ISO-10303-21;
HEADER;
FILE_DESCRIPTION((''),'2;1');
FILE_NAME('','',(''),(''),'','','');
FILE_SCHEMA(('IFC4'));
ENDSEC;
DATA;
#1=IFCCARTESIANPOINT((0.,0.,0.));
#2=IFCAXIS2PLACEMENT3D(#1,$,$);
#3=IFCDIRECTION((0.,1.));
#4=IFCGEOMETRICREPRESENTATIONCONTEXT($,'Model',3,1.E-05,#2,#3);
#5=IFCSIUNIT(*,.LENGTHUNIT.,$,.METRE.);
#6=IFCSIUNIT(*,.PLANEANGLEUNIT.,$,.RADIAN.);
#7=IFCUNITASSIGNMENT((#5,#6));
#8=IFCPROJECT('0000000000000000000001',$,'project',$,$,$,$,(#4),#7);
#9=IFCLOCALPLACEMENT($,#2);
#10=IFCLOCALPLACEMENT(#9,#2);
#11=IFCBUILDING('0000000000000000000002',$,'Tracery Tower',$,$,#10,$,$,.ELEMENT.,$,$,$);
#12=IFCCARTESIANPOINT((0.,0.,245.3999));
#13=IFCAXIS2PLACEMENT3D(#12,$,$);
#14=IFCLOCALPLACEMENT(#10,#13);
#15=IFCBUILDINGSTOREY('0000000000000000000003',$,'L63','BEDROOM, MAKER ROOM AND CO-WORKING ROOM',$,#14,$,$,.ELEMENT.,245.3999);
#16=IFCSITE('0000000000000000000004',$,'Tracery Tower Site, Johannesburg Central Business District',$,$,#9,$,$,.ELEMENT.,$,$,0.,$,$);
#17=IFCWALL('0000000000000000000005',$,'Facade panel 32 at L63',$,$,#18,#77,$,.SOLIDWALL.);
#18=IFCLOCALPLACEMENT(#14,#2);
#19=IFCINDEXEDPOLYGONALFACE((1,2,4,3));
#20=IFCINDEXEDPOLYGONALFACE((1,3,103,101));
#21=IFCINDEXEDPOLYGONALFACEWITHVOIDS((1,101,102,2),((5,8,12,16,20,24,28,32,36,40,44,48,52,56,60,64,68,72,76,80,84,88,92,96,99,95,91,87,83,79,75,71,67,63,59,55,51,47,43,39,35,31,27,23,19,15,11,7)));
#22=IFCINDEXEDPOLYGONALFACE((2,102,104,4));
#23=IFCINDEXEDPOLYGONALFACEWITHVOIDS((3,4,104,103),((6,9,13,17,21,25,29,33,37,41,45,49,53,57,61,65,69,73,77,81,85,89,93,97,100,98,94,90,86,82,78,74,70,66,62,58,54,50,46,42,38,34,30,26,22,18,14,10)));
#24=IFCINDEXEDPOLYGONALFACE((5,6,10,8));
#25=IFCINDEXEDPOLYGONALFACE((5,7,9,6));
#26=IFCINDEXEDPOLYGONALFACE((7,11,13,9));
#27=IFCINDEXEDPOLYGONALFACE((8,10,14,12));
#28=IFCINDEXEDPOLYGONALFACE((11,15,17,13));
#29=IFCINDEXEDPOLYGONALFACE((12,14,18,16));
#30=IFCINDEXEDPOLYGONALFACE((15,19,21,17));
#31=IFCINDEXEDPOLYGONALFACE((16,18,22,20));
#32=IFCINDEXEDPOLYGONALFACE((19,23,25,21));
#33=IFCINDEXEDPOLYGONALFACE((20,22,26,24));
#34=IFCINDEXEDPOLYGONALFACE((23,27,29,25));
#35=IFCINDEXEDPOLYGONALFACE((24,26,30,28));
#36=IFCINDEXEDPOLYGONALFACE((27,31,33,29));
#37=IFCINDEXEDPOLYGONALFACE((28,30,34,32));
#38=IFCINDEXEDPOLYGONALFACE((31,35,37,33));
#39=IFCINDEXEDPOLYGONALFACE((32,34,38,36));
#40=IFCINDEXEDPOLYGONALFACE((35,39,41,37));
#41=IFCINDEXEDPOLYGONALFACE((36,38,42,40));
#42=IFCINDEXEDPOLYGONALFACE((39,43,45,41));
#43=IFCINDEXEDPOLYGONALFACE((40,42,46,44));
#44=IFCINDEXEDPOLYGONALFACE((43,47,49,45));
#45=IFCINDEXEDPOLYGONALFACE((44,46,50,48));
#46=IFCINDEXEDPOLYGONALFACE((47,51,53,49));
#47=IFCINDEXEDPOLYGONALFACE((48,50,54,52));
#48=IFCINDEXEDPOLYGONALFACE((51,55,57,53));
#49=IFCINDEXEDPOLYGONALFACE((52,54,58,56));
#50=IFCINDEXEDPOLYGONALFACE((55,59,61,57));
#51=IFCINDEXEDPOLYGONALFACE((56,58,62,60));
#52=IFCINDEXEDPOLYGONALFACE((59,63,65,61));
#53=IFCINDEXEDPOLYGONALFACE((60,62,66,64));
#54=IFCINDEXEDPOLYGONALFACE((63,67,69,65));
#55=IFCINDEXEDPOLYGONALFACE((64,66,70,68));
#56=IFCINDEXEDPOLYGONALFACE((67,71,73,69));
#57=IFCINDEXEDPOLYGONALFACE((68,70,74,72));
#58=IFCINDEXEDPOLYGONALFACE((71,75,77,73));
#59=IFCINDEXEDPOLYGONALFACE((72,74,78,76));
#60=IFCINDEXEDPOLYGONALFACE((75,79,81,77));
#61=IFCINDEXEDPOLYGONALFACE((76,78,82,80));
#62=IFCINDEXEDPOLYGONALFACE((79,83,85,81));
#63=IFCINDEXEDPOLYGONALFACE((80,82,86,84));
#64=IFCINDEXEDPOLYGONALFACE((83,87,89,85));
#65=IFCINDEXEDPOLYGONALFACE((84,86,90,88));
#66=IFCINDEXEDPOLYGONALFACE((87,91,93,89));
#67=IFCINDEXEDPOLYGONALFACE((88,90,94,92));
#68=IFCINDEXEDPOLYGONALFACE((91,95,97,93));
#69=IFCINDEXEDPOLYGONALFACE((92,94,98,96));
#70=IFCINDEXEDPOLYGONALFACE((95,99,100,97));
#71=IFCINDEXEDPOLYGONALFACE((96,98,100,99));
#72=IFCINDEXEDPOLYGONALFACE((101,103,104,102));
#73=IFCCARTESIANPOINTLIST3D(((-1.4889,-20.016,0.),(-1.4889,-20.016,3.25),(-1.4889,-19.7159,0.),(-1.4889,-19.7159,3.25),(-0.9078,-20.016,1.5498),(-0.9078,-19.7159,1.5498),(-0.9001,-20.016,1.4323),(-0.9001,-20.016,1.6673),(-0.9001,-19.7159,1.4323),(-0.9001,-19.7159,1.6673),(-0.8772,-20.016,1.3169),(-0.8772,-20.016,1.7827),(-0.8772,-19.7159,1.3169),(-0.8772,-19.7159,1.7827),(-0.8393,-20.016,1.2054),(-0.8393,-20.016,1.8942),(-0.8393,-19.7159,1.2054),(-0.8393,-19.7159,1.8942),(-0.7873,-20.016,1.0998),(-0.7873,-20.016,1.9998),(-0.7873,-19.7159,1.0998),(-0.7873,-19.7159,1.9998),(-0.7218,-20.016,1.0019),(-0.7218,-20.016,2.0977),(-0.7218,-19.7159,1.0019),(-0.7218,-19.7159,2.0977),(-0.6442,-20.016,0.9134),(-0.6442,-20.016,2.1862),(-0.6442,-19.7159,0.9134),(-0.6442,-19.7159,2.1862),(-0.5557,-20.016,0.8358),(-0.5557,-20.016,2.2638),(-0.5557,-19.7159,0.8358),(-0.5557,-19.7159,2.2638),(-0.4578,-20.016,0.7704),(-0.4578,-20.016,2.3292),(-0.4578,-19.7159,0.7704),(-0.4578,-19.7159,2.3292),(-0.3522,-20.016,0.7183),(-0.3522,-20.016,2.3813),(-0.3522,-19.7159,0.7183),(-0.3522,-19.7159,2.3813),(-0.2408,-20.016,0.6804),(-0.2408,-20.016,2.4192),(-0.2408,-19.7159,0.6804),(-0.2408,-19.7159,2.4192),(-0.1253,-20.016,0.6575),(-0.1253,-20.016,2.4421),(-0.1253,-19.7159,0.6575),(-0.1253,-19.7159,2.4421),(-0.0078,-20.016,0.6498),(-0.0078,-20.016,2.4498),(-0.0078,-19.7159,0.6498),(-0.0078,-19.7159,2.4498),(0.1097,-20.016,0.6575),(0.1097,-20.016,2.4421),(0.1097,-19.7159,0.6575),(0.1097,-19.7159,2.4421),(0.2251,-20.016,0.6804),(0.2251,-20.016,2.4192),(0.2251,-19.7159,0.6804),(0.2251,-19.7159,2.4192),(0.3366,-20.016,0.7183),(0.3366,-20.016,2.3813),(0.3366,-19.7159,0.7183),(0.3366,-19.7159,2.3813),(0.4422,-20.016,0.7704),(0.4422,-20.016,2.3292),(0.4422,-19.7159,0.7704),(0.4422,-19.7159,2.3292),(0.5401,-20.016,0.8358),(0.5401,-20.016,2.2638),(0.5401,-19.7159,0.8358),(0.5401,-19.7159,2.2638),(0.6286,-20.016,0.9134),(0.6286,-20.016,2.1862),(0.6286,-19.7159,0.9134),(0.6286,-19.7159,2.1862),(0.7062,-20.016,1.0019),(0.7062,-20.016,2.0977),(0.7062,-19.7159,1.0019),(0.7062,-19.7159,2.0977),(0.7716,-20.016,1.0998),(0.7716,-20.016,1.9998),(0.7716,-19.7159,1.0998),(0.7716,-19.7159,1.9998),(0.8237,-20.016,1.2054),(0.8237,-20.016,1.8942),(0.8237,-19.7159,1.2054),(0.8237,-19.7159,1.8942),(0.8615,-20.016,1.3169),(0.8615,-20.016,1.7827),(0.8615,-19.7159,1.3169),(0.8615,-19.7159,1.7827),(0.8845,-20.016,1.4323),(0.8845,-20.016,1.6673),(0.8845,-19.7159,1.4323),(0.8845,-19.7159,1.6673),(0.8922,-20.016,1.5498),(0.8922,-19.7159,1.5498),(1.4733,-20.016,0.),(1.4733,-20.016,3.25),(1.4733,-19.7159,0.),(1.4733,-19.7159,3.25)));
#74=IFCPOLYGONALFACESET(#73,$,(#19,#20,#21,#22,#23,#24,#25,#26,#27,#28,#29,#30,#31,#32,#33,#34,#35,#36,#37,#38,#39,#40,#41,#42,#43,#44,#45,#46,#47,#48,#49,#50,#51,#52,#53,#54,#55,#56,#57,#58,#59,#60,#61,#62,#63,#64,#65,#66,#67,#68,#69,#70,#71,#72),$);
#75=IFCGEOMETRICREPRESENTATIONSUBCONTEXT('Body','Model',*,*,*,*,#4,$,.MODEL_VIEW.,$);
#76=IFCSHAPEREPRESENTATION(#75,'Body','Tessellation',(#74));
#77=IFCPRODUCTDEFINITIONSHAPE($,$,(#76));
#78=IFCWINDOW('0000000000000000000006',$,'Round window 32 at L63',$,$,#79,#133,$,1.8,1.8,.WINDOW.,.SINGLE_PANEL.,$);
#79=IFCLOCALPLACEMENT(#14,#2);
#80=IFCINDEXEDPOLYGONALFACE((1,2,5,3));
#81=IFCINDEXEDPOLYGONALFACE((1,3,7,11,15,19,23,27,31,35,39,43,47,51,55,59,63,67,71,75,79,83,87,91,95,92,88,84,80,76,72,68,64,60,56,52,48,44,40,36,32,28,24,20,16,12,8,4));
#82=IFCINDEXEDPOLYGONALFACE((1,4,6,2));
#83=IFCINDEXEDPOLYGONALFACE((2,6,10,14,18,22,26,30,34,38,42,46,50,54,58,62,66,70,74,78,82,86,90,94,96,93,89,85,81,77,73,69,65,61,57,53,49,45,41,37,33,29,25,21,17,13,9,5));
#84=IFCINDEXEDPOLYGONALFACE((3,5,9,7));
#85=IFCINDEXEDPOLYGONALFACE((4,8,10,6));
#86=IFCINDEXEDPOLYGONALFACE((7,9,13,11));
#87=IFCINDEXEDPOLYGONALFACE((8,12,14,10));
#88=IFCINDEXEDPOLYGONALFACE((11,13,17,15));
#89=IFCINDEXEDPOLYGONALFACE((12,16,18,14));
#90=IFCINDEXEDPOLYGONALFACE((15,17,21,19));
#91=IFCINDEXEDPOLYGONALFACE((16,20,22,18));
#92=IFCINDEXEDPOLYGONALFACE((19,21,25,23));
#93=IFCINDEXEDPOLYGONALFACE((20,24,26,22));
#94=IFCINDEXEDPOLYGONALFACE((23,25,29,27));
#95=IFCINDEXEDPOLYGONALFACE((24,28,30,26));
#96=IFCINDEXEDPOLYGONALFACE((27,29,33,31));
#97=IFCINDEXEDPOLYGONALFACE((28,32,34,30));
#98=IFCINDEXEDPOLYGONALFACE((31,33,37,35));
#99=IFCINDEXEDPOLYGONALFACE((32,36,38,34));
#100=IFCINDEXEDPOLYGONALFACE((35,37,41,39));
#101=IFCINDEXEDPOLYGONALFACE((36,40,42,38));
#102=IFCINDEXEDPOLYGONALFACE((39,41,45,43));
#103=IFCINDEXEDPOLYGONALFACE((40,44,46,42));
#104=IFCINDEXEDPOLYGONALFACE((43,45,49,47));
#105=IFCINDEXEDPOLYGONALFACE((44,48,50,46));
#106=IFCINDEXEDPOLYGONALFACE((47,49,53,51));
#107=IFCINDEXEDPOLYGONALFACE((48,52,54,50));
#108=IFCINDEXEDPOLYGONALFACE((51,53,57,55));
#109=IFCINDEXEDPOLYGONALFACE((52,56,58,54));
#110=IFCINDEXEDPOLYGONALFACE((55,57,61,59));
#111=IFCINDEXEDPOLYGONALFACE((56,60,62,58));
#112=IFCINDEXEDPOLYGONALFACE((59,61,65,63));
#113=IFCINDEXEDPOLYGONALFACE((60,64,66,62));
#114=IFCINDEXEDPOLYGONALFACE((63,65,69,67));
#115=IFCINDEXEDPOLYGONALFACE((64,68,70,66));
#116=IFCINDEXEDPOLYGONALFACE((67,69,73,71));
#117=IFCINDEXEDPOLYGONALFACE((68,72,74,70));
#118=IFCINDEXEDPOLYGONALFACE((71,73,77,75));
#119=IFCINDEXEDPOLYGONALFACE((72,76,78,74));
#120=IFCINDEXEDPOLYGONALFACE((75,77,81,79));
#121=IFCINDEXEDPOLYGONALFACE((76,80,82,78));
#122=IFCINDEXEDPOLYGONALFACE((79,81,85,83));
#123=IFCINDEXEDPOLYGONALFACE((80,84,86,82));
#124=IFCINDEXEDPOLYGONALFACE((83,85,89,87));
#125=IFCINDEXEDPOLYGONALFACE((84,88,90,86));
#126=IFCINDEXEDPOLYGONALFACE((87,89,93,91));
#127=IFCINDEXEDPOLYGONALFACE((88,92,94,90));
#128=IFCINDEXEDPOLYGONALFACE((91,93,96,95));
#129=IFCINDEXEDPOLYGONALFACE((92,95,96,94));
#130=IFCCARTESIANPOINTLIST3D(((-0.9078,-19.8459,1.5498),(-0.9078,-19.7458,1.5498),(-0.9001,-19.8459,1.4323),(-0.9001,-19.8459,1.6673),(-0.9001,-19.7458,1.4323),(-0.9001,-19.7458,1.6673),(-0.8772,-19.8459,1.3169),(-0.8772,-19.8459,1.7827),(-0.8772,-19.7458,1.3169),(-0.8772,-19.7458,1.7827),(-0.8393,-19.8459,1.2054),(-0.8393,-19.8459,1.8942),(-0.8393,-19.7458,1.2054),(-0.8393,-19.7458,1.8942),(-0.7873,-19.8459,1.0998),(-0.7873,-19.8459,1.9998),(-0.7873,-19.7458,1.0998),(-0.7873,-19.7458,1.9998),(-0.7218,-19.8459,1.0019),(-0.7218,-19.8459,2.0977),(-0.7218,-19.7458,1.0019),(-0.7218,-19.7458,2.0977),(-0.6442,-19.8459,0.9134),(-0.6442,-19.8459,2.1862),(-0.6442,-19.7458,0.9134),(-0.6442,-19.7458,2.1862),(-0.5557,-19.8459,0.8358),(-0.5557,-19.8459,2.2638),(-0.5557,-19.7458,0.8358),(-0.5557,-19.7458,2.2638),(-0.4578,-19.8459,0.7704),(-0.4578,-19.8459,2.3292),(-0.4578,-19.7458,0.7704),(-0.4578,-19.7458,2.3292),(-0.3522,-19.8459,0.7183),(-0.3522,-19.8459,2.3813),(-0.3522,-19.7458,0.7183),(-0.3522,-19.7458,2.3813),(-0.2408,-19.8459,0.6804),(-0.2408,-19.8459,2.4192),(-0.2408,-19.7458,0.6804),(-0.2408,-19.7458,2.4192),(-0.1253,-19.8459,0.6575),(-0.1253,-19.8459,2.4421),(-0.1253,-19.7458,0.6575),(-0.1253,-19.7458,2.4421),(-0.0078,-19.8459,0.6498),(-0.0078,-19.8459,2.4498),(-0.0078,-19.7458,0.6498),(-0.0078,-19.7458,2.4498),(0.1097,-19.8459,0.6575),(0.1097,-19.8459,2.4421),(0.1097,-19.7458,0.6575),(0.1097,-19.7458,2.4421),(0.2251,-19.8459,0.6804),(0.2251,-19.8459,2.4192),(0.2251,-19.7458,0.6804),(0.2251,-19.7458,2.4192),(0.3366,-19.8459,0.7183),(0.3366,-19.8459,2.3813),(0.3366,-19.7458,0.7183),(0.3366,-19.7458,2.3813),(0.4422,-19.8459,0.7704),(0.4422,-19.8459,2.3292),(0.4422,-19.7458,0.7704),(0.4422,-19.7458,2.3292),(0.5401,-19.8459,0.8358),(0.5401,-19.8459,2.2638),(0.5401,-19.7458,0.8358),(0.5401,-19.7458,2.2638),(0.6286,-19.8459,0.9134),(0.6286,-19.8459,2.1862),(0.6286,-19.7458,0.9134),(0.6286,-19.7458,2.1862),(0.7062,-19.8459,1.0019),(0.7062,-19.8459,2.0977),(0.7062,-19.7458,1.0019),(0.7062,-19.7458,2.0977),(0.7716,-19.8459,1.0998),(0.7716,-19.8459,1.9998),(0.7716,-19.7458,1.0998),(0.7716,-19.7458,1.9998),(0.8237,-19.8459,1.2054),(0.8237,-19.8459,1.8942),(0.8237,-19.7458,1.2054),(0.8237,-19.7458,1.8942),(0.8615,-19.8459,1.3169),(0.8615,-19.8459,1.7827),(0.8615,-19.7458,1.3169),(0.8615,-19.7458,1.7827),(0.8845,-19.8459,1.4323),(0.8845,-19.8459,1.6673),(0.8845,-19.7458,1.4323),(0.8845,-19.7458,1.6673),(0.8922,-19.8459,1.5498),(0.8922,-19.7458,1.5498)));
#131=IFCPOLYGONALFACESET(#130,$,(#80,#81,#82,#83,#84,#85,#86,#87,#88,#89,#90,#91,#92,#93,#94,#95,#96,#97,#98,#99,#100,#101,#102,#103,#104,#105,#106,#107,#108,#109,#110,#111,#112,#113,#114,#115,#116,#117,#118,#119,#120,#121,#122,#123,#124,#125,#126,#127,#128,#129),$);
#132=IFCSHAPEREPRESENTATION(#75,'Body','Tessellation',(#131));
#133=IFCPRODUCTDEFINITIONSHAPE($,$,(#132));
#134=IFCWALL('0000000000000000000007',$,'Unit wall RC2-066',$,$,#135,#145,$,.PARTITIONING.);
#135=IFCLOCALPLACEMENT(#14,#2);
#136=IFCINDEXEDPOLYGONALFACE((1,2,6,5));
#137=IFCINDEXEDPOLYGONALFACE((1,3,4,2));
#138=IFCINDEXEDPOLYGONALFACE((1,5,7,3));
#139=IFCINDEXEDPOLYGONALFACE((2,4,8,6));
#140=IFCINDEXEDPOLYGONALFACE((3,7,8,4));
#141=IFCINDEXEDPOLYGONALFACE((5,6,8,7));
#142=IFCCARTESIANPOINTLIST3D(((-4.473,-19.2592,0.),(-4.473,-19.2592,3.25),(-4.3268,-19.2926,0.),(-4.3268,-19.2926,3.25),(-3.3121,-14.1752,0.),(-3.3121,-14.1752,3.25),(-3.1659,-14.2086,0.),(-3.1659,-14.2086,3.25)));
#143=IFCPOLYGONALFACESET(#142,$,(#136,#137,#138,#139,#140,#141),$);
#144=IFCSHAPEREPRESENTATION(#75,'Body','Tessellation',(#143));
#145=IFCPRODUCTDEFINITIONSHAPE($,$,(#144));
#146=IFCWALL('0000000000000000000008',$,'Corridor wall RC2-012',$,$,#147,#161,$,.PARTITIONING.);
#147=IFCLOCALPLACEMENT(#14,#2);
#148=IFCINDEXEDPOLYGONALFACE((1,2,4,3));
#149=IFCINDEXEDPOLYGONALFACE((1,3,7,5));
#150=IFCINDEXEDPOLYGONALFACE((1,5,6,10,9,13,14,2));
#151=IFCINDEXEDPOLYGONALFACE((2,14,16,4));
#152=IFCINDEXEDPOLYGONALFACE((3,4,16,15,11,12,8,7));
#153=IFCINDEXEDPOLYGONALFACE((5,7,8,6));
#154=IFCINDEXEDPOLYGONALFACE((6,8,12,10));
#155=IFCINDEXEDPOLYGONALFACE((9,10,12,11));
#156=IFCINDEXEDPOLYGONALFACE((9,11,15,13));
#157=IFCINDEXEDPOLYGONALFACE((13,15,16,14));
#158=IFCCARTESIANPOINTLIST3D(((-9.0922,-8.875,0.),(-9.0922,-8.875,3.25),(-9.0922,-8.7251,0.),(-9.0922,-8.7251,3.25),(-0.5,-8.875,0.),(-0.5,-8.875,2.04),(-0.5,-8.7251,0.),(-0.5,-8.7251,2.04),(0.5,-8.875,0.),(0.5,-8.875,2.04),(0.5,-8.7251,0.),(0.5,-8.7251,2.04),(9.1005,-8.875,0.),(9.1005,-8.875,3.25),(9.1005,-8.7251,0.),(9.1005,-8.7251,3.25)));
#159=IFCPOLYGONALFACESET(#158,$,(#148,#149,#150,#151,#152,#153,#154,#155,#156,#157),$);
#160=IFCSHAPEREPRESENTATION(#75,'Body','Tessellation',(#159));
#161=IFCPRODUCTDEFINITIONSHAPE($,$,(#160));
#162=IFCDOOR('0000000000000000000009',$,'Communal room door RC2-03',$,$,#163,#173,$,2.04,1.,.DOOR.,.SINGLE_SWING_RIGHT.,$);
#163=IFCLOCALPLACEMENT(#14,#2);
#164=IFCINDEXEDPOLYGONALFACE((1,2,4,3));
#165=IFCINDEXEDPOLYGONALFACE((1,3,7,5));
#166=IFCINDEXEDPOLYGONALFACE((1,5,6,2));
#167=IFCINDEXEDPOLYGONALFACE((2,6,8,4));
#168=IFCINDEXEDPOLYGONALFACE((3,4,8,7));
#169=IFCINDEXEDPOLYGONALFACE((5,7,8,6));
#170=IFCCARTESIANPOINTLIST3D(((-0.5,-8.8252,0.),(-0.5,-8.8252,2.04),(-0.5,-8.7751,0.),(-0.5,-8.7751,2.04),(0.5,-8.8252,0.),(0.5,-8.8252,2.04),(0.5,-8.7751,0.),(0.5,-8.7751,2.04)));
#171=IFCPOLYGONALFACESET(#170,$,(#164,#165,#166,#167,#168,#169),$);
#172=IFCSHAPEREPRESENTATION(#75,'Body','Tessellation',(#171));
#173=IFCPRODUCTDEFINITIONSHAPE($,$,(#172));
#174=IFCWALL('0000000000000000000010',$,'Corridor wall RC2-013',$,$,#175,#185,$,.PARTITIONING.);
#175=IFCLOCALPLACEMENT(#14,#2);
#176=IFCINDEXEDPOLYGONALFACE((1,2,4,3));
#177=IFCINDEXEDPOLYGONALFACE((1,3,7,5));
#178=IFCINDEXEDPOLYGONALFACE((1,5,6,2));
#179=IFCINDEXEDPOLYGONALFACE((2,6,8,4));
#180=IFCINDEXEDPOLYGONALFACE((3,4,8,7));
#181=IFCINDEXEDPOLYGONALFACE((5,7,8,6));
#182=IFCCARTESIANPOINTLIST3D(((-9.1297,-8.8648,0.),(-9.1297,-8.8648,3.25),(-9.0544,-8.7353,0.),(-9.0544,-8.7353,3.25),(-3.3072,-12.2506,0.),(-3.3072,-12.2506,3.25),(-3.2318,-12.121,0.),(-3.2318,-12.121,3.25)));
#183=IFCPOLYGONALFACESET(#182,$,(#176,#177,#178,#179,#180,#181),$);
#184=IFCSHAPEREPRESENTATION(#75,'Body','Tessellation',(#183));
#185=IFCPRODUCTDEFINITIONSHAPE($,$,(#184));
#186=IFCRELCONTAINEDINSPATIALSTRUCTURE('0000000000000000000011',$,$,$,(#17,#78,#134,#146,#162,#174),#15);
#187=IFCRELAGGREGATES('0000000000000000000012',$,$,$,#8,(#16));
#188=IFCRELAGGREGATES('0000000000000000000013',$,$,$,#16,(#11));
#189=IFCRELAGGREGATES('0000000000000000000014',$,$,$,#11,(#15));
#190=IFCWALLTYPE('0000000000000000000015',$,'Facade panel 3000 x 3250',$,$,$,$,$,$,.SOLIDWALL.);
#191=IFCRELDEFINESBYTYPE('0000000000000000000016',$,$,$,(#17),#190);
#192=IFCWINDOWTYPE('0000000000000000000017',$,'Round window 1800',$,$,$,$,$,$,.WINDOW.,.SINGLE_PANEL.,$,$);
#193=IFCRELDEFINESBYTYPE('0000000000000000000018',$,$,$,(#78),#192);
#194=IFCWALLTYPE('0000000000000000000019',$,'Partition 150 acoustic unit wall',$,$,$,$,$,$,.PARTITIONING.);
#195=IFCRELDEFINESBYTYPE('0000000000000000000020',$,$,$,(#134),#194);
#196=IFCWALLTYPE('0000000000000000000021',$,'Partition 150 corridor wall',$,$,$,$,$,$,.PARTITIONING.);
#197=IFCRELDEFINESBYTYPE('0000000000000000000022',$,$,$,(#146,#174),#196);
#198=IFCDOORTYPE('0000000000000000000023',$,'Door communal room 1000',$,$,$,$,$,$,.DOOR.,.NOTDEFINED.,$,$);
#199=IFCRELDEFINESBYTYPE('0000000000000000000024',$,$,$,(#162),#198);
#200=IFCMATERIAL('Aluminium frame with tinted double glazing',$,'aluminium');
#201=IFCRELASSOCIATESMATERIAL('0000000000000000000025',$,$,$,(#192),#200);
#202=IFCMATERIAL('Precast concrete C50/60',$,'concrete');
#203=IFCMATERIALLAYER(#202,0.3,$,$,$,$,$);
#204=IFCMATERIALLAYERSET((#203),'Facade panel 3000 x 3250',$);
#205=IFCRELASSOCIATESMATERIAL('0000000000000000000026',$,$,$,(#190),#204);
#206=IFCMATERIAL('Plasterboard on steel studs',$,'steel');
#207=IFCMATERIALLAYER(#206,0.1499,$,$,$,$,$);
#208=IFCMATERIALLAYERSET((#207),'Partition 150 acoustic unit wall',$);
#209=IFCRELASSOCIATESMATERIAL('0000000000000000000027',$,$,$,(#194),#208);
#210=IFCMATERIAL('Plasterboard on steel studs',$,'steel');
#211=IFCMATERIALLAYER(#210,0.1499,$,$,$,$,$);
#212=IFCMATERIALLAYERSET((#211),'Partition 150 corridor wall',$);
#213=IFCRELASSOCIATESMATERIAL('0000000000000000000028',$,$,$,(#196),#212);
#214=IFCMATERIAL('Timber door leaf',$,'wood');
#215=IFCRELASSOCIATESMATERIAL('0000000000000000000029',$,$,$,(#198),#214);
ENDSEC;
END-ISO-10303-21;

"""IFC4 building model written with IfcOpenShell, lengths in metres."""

from ifc_helpers import new_model, si_unit, direction, frame, frame_2d, origin, origin_2d, place, context, subcontext, project, spatial, rectangle, circle, extrude, material, layer, layer_set, type_object, element, fill, save


model = new_model("IFC4")

# Units and contexts
model_context = context("Model", 3, precision=1e-05, world=origin(), true_north=direction((0.0, 1.0)))
body_context = subcontext(model_context, "Body", "Model", "MODEL_VIEW")
ifc_project = project(units=[si_unit("LENGTHUNIT", "METRE"), si_unit("PLANEANGLEUNIT", "RADIAN")], contexts=[model_context])

# Site, building, storey
site_placement = place(None, origin())
site = spatial("IfcSite", under=ifc_project, at=site_placement, Name="Tracery Tower Site, Johannesburg Central Business District", CompositionType="ELEMENT", RefElevation=0.0)
building_placement = place(site_placement, origin())
building = spatial("IfcBuilding", under=site, at=building_placement, Name="Tracery Tower", CompositionType="ELEMENT")
storey_placement = place(building_placement, frame((0.0, 0.0, 245.3999)))
storey = spatial("IfcBuildingStorey", under=building, at=storey_placement, Name="L63", Description="BEDROOM, MAKER ROOM AND CO-WORKING ROOM", CompositionType="ELEMENT", Elevation=245.3999)

# Wall, opening, window
ifc_material_1 = material(Name="Aluminium frame with tinted double glazing", Category="aluminium")
window_type = type_object("IfcWindowType", Name="Round window 1800", PartitioningType="SINGLE_PANEL", PredefinedType="WINDOW", material=ifc_material_1)
ifc_material_2 = material(Name="Precast concrete C50/60", Category="concrete")
ifc_layer_1 = layer(ifc_material_2, 0.3)
ifc_layer_set_1 = layer_set([ifc_layer_1], Name="Facade panel 3000 x 3250")
wall_type_1 = type_object("IfcWallType", Name="Facade panel 3000 x 3250", PredefinedType="SOLIDWALL", material=ifc_layer_set_1)
wall_1_placement = place(storey_placement, frame((-1.4888, -19.866, 0.0), z_axis=(0.0, 0.0, 1.0), x_axis=(1.0, 0.0, 0.0)))
wall_1 = element("IfcWall", 1, at=wall_1_placement, inside=storey, type_object=wall_type_1, Name="Facade panel 32 at L63", PredefinedType="SOLIDWALL", context=body_context, shape_type="SweptSolid", body=[
    extrude(rectangle(XDim=2.9622, YDim=0.3, at=frame_2d((1.481, 0.0))), origin(), (0.0, 0.0, 1.0), 3.25),
])
opening_1_placement = place(wall_1_placement, frame((1.481, 0.0, 1.5498)))
opening_1 = element("IfcOpeningElement", 2, at=opening_1_placement, cuts=wall_1, PredefinedType="OPENING", context=body_context, shape_type="SweptSolid", body=[
    extrude(circle(Radius=0.9, at=origin_2d()), frame((0.0, 0.1599, 0.0), z_axis=(0.0, -1.0, 0.0), x_axis=(1.0, 0.0, 0.0)), (0.0, 0.0, 1.0), 0.3201),
])
window_1_placement = place(opening_1_placement, origin())
window_1 = element("IfcWindow", 3, at=window_1_placement, inside=storey, type_object=window_type, Name="Round window 32 at L63", OverallHeight=1.8, OverallWidth=1.8, PartitioningType="SINGLE_PANEL", PredefinedType="WINDOW", context=body_context, shape_type="SweptSolid", body=[
    extrude(circle(Radius=0.9, at=origin_2d()), frame((0.0, 0.1201, 0.0), z_axis=(0.0, -1.0, 0.0), x_axis=(1.0, 0.0, 0.0)), (0.0, 0.0, 1.0), 0.1001),
])
fill(opening_1, window_1)

# Wall
ifc_material_3 = material(Name="Plasterboard on steel studs", Category="steel")
ifc_layer_2 = layer(ifc_material_3, 0.1499)
ifc_layer_set_2 = layer_set([ifc_layer_2], Name="Partition 150 acoustic unit wall")
wall_type_2 = type_object("IfcWallType", Name="Partition 150 acoustic unit wall", PredefinedType="PARTITIONING", material=ifc_layer_set_2)
wall_2_placement = place(storey_placement, frame((-4.3999, -19.2759, 0.0), z_axis=(0.0, 0.0, 1.0), x_axis=(0.222613, 0.974907, 0.0)))
element("IfcWall", 4, at=wall_2_placement, inside=storey, type_object=wall_type_2, Name="Unit wall RC2-066", PredefinedType="PARTITIONING", context=body_context, shape_type="SweptSolid", body=[
    extrude(rectangle(XDim=5.2148, YDim=0.1499, at=frame_2d((2.6074, 0.0))), origin(), (0.0, 0.0, 1.0), 3.25),
])

# Wall, opening, door
ifc_material_4 = material(Name="Plasterboard on steel studs", Category="steel")
ifc_layer_3 = layer(ifc_material_4, 0.1499)
ifc_layer_set_3 = layer_set([ifc_layer_3], Name="Partition 150 corridor wall")
wall_type_3 = type_object("IfcWallType", Name="Partition 150 corridor wall", PredefinedType="PARTITIONING", material=ifc_layer_set_3)
wall_3_placement = place(storey_placement, frame((-9.092, -8.8, 0.0), z_axis=(0.0, 0.0, 1.0), x_axis=(1.0, 0.0, 0.0)))
wall_3 = element("IfcWall", 5, at=wall_3_placement, inside=storey, type_object=wall_type_3, Name="Corridor wall RC2-012", PredefinedType="PARTITIONING", context=body_context, shape_type="SweptSolid", body=[
    extrude(rectangle(XDim=18.1926, YDim=0.1499, at=frame_2d((9.0962, 0.0))), origin(), (0.0, 0.0, 1.0), 3.25),
])
opening_2_placement = place(wall_3_placement, frame((8.592, 0.0, 0.0)))
opening_2 = element("IfcOpeningElement", 6, at=opening_2_placement, cuts=wall_3, PredefinedType="OPENING", context=body_context, shape_type="SweptSolid", body=[
    extrude(rectangle(XDim=1.0, YDim=2.04, at=frame_2d((0.5, 1.02))), frame((0.0, 0.075, 0.0), z_axis=(0.0, -1.0, 0.0), x_axis=(1.0, 0.0, 0.0)), (0.0, 0.0, 1.0), 0.1499),
])
ifc_material_5 = material(Name="Timber door leaf", Category="wood")
door_type = type_object("IfcDoorType", Name="Door communal room 1000", OperationType="NOTDEFINED", PredefinedType="DOOR", material=ifc_material_5)
door_1_placement = place(opening_2_placement, origin())
door_1 = element("IfcDoor", 7, at=door_1_placement, inside=storey, type_object=door_type, Name="Communal room door RC2-03", OperationType="SINGLE_SWING_RIGHT", OverallHeight=2.04, OverallWidth=1.0, PredefinedType="DOOR", context=body_context, shape_type="SweptSolid", body=[
    extrude(rectangle(XDim=1.0, YDim=2.04, at=frame_2d((0.5, 1.02))), frame((0.0, 0.0249, 0.0), z_axis=(0.0, -1.0, 0.0), x_axis=(1.0, 0.0, 0.0)), (0.0, 0.0, 1.0), 0.05),
])
fill(opening_2, door_1)

# Wall
wall_4_placement = place(storey_placement, frame((-9.092, -8.8, 0.0), z_axis=(0.0, 0.0, 1.0), x_axis=(0.864471, -0.502683, 0.0)))
element("IfcWall", 8, at=wall_4_placement, inside=storey, type_object=wall_type_3, Name="Corridor wall RC2-013", PredefinedType="PARTITIONING", context=body_context, shape_type="SweptSolid", body=[
    extrude(rectangle(XDim=6.7354, YDim=0.1499, at=frame_2d((3.3677, 0.0))), origin(), (0.0, 0.0, 1.0), 3.25),
])

save(model, "model.ifc")
